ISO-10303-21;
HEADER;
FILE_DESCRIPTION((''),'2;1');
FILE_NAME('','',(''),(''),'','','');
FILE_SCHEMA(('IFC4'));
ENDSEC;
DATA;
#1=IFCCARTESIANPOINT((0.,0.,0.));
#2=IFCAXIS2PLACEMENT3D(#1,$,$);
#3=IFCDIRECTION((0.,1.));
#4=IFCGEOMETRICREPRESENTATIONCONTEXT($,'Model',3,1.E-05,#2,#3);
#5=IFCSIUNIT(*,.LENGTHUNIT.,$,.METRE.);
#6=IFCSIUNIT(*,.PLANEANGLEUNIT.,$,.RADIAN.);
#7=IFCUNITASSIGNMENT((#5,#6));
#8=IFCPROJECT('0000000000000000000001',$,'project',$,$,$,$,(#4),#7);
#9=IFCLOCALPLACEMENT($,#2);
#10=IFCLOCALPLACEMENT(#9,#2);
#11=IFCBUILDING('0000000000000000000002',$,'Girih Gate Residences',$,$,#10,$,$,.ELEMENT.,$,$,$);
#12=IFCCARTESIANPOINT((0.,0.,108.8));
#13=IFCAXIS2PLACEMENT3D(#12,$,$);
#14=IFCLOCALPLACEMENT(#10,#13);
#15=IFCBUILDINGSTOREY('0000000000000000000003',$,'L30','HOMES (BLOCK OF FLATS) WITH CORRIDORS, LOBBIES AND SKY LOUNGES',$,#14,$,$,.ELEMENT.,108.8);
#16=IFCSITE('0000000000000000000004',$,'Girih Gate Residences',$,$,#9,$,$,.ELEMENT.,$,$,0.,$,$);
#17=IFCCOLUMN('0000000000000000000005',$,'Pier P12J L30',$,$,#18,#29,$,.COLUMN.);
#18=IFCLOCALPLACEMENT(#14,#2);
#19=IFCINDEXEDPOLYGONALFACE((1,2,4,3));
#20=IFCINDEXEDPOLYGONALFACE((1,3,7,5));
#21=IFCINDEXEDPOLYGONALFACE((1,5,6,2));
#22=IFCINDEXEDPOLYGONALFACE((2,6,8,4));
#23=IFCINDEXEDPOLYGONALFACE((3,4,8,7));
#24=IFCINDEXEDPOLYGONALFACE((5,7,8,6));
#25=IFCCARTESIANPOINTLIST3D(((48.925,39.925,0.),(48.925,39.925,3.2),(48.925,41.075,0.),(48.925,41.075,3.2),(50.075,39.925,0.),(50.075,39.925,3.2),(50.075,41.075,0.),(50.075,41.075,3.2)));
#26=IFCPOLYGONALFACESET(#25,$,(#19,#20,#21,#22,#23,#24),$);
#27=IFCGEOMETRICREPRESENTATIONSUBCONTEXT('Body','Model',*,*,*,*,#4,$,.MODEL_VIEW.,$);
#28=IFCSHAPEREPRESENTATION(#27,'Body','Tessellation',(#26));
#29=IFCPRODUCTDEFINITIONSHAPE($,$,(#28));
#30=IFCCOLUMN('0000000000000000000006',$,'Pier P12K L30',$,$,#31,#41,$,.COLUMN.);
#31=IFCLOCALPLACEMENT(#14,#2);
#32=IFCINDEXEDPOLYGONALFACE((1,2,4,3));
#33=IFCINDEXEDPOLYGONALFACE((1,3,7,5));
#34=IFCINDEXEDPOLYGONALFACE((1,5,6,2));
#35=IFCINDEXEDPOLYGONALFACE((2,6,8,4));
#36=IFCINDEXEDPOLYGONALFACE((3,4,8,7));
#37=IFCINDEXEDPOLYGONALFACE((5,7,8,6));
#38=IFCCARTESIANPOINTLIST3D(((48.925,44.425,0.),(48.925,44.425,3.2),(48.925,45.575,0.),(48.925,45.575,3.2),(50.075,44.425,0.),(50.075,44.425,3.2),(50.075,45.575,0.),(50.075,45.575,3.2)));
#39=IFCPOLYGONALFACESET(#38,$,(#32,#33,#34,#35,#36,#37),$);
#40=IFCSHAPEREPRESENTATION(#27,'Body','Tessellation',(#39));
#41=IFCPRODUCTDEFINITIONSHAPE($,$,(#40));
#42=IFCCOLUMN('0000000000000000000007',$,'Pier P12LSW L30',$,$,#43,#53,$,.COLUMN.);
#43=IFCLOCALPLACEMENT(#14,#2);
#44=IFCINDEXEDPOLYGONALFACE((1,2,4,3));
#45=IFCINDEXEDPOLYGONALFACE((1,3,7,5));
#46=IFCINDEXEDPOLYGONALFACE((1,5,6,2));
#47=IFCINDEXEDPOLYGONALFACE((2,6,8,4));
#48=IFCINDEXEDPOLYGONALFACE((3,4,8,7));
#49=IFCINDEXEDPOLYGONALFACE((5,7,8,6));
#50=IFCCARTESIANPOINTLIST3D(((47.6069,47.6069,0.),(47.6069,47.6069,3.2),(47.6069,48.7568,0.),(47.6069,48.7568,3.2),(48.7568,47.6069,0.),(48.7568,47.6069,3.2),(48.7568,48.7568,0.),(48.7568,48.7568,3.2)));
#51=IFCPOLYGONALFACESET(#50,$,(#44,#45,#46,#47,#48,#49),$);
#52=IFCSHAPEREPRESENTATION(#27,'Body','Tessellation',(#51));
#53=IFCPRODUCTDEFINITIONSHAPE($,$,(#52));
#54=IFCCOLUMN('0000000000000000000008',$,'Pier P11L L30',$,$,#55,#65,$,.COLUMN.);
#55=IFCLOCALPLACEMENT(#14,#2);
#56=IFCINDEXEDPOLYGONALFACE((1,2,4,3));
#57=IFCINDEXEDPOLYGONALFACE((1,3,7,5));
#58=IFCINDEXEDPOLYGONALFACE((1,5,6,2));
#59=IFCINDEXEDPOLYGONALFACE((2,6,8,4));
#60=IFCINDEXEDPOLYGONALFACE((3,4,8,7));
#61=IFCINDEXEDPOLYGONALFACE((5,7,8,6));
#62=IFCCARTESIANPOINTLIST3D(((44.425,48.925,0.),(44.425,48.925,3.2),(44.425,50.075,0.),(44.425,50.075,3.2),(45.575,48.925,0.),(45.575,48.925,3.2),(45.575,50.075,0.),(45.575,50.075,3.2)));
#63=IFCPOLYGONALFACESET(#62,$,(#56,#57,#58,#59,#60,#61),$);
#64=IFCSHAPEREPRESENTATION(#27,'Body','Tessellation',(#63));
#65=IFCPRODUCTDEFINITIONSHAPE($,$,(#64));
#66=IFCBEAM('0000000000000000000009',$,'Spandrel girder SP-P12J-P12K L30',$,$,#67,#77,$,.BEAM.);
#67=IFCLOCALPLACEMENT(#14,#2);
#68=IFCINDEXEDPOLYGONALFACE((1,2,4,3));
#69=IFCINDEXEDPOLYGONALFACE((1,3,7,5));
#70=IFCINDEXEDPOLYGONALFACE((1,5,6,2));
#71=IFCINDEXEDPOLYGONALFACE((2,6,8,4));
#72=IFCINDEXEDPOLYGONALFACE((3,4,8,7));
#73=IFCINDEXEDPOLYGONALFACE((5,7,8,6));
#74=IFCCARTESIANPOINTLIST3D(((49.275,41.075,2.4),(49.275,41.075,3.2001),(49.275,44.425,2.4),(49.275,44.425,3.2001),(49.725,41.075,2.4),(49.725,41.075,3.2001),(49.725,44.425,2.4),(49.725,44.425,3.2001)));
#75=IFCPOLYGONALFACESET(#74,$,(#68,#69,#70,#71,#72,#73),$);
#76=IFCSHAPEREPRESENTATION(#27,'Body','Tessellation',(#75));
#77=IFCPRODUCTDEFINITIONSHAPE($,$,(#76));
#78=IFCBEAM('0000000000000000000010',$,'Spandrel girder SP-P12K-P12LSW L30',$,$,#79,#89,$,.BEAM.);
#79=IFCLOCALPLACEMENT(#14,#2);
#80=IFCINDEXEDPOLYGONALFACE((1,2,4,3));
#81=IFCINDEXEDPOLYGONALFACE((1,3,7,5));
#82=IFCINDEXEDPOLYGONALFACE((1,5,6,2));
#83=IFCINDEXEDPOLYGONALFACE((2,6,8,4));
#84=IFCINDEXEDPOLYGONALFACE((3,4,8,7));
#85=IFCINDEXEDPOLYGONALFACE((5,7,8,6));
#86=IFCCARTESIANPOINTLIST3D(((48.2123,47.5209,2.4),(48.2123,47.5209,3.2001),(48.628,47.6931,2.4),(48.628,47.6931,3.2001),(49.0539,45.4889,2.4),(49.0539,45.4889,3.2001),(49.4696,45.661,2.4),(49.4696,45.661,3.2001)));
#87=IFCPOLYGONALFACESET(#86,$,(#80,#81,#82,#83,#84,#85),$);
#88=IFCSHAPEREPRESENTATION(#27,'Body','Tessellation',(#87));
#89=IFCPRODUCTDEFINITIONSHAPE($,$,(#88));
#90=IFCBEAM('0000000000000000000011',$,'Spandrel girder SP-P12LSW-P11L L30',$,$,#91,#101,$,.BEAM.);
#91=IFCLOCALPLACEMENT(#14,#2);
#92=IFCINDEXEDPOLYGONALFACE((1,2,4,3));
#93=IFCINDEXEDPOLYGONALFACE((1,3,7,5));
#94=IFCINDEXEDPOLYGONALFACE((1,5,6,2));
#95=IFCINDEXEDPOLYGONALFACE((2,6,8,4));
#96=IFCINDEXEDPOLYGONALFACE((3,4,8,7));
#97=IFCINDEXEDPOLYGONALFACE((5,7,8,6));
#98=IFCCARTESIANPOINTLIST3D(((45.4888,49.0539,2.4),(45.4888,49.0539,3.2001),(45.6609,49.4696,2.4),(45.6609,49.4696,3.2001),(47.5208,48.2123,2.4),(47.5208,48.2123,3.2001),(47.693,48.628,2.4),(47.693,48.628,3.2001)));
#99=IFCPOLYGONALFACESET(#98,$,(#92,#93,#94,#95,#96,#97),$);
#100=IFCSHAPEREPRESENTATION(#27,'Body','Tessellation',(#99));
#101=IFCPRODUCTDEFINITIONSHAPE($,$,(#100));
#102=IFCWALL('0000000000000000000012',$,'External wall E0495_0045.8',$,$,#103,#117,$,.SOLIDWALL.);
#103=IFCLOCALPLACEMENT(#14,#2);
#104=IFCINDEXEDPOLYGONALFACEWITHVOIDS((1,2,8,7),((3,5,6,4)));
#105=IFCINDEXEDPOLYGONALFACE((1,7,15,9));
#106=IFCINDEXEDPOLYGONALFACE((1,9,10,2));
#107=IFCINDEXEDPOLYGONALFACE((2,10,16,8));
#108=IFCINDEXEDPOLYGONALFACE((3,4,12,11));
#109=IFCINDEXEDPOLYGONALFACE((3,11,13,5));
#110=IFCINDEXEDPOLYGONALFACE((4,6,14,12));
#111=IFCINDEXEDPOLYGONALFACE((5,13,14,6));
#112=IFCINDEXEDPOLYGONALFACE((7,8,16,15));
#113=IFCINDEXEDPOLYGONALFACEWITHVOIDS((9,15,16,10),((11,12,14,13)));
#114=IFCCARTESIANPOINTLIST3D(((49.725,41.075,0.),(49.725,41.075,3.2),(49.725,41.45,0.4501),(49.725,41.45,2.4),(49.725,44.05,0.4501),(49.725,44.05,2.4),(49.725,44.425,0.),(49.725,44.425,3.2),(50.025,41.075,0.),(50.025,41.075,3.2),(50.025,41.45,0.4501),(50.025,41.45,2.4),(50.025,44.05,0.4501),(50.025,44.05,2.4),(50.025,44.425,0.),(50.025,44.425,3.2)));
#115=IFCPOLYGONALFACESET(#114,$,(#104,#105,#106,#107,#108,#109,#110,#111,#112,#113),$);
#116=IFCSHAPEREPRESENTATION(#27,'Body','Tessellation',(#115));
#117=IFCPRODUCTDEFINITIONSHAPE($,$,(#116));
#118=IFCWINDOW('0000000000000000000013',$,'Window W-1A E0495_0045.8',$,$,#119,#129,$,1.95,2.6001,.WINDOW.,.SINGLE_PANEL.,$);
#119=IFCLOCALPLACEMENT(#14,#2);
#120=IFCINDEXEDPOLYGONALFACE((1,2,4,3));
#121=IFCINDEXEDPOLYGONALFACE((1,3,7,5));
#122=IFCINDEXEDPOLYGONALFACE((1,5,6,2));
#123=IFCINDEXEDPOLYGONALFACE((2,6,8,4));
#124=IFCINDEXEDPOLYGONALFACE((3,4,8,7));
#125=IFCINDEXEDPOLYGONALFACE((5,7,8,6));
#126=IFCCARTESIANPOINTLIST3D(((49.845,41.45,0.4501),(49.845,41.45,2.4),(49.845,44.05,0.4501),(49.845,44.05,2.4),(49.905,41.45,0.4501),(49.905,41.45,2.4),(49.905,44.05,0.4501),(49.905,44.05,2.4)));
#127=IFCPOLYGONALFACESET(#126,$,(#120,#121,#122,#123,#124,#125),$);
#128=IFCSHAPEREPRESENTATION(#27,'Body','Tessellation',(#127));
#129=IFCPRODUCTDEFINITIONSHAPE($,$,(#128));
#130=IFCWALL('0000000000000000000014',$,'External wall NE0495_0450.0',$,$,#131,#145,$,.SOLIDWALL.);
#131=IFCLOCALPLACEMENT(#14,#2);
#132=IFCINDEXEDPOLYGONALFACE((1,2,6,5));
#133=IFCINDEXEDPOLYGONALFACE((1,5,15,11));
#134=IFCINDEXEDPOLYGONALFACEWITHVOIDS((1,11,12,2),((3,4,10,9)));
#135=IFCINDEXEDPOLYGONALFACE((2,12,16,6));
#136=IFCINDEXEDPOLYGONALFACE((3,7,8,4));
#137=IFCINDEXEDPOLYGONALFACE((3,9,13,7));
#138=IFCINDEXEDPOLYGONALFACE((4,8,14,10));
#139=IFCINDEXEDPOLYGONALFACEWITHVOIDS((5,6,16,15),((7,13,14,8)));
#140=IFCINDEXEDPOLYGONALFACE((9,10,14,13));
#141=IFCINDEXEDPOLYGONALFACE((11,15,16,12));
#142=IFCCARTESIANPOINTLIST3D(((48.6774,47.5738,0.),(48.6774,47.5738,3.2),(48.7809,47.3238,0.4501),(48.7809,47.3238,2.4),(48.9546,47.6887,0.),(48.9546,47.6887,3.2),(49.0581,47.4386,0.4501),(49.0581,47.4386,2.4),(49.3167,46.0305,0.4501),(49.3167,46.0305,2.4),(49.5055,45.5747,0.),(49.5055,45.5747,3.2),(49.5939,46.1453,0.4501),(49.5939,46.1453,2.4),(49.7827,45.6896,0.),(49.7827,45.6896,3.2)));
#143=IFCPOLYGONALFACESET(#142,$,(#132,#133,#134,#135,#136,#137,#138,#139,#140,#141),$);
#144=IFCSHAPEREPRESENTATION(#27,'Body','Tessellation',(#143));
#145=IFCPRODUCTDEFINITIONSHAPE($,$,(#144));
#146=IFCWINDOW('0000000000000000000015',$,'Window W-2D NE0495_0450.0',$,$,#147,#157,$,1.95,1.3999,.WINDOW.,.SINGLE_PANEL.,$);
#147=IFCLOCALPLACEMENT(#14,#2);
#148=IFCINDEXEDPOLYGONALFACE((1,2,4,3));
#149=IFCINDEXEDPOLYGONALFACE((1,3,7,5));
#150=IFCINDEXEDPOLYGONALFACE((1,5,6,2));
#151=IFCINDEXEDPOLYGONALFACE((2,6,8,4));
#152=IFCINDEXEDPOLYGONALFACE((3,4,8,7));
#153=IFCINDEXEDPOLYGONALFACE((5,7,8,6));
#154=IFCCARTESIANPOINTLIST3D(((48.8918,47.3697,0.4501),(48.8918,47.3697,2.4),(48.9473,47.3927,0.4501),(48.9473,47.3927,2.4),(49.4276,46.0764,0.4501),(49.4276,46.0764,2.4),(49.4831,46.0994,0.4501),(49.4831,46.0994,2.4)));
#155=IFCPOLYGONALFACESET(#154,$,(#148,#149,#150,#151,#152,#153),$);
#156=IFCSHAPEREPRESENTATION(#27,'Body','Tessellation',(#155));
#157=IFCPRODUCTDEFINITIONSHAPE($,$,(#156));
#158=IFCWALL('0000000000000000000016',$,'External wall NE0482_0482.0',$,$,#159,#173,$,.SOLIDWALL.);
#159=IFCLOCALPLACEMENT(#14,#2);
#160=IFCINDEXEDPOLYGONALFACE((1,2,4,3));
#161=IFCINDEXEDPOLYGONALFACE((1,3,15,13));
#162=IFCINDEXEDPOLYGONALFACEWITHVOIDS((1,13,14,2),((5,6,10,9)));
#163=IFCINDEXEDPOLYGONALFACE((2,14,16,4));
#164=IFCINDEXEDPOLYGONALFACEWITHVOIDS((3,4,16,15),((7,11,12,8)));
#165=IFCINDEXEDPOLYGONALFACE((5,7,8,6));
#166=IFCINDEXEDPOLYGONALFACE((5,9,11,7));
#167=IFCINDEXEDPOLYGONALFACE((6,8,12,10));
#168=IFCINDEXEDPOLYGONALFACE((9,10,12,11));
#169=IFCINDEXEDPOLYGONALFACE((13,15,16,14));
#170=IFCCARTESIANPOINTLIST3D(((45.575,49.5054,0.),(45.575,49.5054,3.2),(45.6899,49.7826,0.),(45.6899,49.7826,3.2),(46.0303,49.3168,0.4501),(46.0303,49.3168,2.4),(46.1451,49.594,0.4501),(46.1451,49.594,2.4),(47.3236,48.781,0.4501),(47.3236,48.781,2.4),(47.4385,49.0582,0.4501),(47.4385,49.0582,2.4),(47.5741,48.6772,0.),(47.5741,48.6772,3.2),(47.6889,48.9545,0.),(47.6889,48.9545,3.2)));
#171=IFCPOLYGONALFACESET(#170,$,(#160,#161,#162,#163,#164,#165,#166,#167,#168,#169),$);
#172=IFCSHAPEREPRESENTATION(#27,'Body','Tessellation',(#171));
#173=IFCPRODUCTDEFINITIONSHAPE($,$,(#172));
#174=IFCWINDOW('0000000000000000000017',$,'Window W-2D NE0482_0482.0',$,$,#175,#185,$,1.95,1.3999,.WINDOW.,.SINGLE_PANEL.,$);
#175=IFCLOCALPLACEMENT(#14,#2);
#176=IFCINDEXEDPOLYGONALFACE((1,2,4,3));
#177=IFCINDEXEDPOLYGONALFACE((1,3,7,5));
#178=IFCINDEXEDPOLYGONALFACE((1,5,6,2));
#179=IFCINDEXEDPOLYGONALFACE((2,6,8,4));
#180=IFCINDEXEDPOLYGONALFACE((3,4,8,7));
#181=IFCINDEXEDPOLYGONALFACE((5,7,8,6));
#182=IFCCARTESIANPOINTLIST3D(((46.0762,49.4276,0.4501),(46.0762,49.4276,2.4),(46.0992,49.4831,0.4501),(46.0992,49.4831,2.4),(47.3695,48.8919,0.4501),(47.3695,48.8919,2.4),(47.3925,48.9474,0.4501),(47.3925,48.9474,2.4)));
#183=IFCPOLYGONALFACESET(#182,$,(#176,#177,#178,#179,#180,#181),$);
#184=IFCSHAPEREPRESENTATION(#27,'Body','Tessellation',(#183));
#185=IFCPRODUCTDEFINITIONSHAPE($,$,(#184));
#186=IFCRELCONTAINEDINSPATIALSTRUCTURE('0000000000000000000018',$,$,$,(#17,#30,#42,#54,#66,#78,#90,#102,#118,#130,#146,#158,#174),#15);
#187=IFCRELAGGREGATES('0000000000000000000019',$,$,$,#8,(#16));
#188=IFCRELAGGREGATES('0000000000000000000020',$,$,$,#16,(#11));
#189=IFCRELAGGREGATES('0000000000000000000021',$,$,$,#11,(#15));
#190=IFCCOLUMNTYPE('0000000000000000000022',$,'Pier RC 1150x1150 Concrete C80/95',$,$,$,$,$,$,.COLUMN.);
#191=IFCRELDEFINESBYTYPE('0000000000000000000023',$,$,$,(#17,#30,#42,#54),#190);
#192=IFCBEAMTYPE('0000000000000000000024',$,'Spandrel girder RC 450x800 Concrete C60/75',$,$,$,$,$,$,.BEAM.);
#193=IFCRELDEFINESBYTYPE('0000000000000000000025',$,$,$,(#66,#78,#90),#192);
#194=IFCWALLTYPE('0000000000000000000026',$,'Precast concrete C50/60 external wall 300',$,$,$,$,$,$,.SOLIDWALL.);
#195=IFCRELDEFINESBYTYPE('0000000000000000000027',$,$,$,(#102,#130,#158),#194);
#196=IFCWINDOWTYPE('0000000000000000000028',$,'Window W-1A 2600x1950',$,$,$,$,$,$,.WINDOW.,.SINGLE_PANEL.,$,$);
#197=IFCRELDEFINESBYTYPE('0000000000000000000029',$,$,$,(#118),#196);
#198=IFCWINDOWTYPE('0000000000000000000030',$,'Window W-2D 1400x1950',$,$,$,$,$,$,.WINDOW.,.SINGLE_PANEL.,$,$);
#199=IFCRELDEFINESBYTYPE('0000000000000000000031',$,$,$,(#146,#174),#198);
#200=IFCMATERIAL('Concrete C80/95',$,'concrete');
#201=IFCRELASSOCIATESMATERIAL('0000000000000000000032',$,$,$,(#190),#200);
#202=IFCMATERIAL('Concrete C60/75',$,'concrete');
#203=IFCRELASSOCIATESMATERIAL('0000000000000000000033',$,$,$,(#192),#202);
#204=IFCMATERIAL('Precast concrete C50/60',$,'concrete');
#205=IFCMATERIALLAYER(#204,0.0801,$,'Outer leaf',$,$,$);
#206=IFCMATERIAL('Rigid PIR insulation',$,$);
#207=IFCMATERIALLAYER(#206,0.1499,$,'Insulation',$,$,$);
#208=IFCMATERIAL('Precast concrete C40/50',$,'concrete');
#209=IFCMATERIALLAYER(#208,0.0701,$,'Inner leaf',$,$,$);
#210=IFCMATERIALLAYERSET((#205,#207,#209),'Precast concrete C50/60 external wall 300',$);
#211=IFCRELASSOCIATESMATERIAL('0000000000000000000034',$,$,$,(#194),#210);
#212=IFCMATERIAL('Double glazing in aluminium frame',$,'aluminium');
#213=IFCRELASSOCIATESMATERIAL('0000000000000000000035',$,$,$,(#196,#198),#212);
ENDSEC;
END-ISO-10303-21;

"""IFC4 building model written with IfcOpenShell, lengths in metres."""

from ifc_helpers import new_model, si_unit, direction, frame, frame_2d, origin, origin_2d, place, context, subcontext, project, spatial, rectangle, extrude, material, layer, layer_set, material_profile, profile_set, type_object, element, fill, save


model = new_model("IFC4")

# Units and contexts
model_context = context("Model", 3, precision=1e-05, world=origin(), true_north=direction((0.0, 1.0)))
body_context = subcontext(model_context, "Body", "Model", "MODEL_VIEW")
ifc_project = project(units=[si_unit("LENGTHUNIT", "METRE"), si_unit("PLANEANGLEUNIT", "RADIAN")], contexts=[model_context])

# Site, building, storey
site_placement = place(None, origin())
site = spatial("IfcSite", under=ifc_project, at=site_placement, Name="Girih Gate Residences", CompositionType="ELEMENT", RefElevation=0.0)
building_placement = place(site_placement, origin())
building = spatial("IfcBuilding", under=site, at=building_placement, Name="Girih Gate Residences", CompositionType="ELEMENT")
storey_placement = place(building_placement, frame((0.0, 0.0, 108.8)))
storey = spatial("IfcBuildingStorey", under=building, at=storey_placement, Name="L30", Description="HOMES (BLOCK OF FLATS) WITH CORRIDORS, LOBBIES AND SKY LOUNGES", CompositionType="ELEMENT", Elevation=108.8)

# Columns
ifc_material_1 = material(Name="Concrete C80/95", Category="concrete")
ifc_material_profile_1 = material_profile(ifc_material_1, rectangle(XDim=1.1499, YDim=1.1499, at=origin_2d()))
ifc_profile_set_1 = profile_set([ifc_material_profile_1], Name="Concrete C80/95")
column_type = type_object("IfcColumnType", Name="Pier RC 1150x1150 Concrete C80/95", PredefinedType="COLUMN", material=ifc_profile_set_1)
for number, where, z_axis, x_axis, name in (
    (1, (49.5, 40.5, 0.0), (0.0, 0.0, 1.0), (1.0, 0.0, 0.0), "Pier P12J L30"),
    (2, (49.5, 45.0, 0.0), (0.0, 0.0, 1.0), (1.0, 0.0, 0.0), "Pier P12K L30"),
    (3, (48.1819, 48.1819, 0.0), (0.0, 0.0, 1.0), (1.0, 0.0, 0.0), "Pier P12LSW L30"),
    (4, (45.0, 49.5, 0.0), (0.0, 0.0, 1.0), (1.0, 0.0, 0.0), "Pier P11L L30"),
):
    element("IfcColumn", number, at=place(storey_placement, frame(where, z_axis=z_axis, x_axis=x_axis)), inside=storey, type_object=column_type, Name=name, PredefinedType="COLUMN", context=body_context, shape_type="SweptSolid", body=[
        extrude(rectangle(XDim=1.1499, YDim=1.1499, at=origin_2d()), origin(), (0.0, 0.0, 1.0), 3.2),
    ])

# Beams
ifc_material_2 = material(Name="Concrete C60/75", Category="concrete")
ifc_material_profile_2 = material_profile(ifc_material_2, rectangle(XDim=0.45, YDim=0.8, at=origin_2d()))
ifc_profile_set_2 = profile_set([ifc_material_profile_2], Name="Concrete C60/75")
beam_type = type_object("IfcBeamType", Name="Spandrel girder RC 450x800 Concrete C60/75", PredefinedType="BEAM", material=ifc_profile_set_2)
beam_placement = place(storey_placement, frame((49.5, 41.075, 2.8), z_axis=(0.0, 1.0, 0.0), x_axis=(-1.0, 0.0, 0.0)))
element("IfcBeam", 5, at=beam_placement, inside=storey, type_object=beam_type, Name="Spandrel girder SP-P12J-P12K L30", PredefinedType="BEAM", context=body_context, shape_type="SweptSolid", body=[
    extrude(rectangle(XDim=0.45, YDim=0.8, at=origin_2d()), origin(), (0.0, 0.0, 1.0), 3.3501),
])
for number, where, z_axis, x_axis, name in (
    (6, (49.2617, 45.575, 2.8), (-0.382636, 0.923899, 0.0), (-0.923899, -0.382636, 0.0), "Spandrel girder SP-P12K-P12LSW L30"),
    (7, (47.6069, 48.4202, 2.8), (-0.923899, 0.382636, 0.0), (-0.382636, -0.923899, 0.0), "Spandrel girder SP-P12LSW-P11L L30"),
):
    element("IfcBeam", number, at=place(storey_placement, frame(where, z_axis=z_axis, x_axis=x_axis)), inside=storey, type_object=beam_type, Name=name, PredefinedType="BEAM", context=body_context, shape_type="SweptSolid", body=[
        extrude(rectangle(XDim=0.45, YDim=0.8, at=origin_2d()), origin(), (0.0, 0.0, 1.0), 2.1995),
    ])

# Walls, openings, windows
ifc_material_3 = material(Name="Precast concrete C50/60", Category="concrete")
ifc_layer_1 = layer(ifc_material_3, 0.0801, Name="Outer leaf")
ifc_material_4 = material(Name="Rigid PIR insulation")
ifc_layer_2 = layer(ifc_material_4, 0.1499, Name="Insulation")
ifc_material_5 = material(Name="Precast concrete C40/50", Category="concrete")
ifc_layer_3 = layer(ifc_material_5, 0.0701, Name="Inner leaf")
ifc_layer_set = layer_set([ifc_layer_1, ifc_layer_2, ifc_layer_3], Name="Precast concrete C50/60 external wall 300")
wall_type = type_object("IfcWallType", Name="Precast concrete C50/60 external wall 300", PredefinedType="SOLIDWALL", material=ifc_layer_set)
wall_1_placement = place(storey_placement, frame((49.875, 44.425, 0.0), z_axis=(0.0, 0.0, 1.0), x_axis=(0.0, -1.0, 0.0)))
wall_1 = element("IfcWall", 8, at=wall_1_placement, inside=storey, type_object=wall_type, Name="External wall E0495_0045.8", PredefinedType="SOLIDWALL", context=body_context, shape_type="SweptSolid", body=[
    extrude(rectangle(XDim=3.3501, YDim=0.3, at=frame_2d((1.675, 0.0))), origin(), (0.0, 0.0, 1.0), 3.2),
])
opening_1_placement = place(wall_1_placement, frame((0.375, 0.0, 0.45)))
opening_1 = element("IfcOpeningElement", 9, at=opening_1_placement, cuts=wall_1, PredefinedType="OPENING", context=body_context, shape_type="SweptSolid", body=[
    extrude(rectangle(XDim=2.6001, YDim=1.95, at=frame_2d((1.3, 0.9751))), frame((0.0, 0.1599, 0.0), z_axis=(0.0, -1.0, 0.0), x_axis=(1.0, 0.0, 0.0)), (0.0, 0.0, 1.0), 0.3201),
])
ifc_material_6 = material(Name="Double glazing in aluminium frame", Category="aluminium")
window_type_1 = type_object("IfcWindowType", Name="Window W-1A 2600x1950", PartitioningType="SINGLE_PANEL", PredefinedType="WINDOW", material=ifc_material_6)
window_1_placement = place(opening_1_placement, origin())
window_1 = element("IfcWindow", 10, at=window_1_placement, inside=storey, type_object=window_type_1, Name="Window W-1A E0495_0045.8", OverallHeight=1.95, OverallWidth=2.6001, PartitioningType="SINGLE_PANEL", PredefinedType="WINDOW", context=body_context, shape_type="SweptSolid", body=[
    extrude(rectangle(XDim=2.6001, YDim=1.95, at=frame_2d((1.3, 0.9751))), frame((0.0, 0.03, 0.0), z_axis=(0.0, -1.0, 0.0), x_axis=(1.0, 0.0, 0.0)), (0.0, 0.0, 1.0), 0.0601),
])
fill(opening_1, window_1)
wall_2_placement = place(storey_placement, frame((48.8159, 47.6313, 0.0), z_axis=(0.0, 0.0, 1.0), x_axis=(0.382724, -0.923863, 0.0)))
wall_2 = element("IfcWall", 11, at=wall_2_placement, inside=storey, type_object=wall_type, Name="External wall NE0495_0450.0", PredefinedType="SOLIDWALL", context=body_context, shape_type="SweptSolid", body=[
    extrude(rectangle(XDim=2.1638, YDim=0.3, at=frame_2d((1.082, 0.0))), origin(), (0.0, 0.0, 1.0), 3.2),
])
opening_2_placement = place(wall_2_placement, frame((0.2708, 0.0, 0.45)))
opening_2 = element("IfcOpeningElement", 12, at=opening_2_placement, cuts=wall_2, PredefinedType="OPENING", context=body_context, shape_type="SweptSolid", body=[
    extrude(rectangle(XDim=1.3999, YDim=1.95, at=frame_2d((0.7, 0.9751))), frame((0.0, 0.1599, 0.0), z_axis=(0.0, -1.0, 0.0), x_axis=(1.0, 0.0, 0.0)), (0.0, 0.0, 1.0), 0.3201),
])
window_type_2 = type_object("IfcWindowType", Name="Window W-2D 1400x1950", PartitioningType="SINGLE_PANEL", PredefinedType="WINDOW", material=ifc_material_6)
window_2_placement = place(opening_2_placement, origin())
window_2 = element("IfcWindow", 13, at=window_2_placement, inside=storey, type_object=window_type_2, Name="Window W-2D NE0495_0450.0", OverallHeight=1.95, OverallWidth=1.3999, PartitioningType="SINGLE_PANEL", PredefinedType="WINDOW", context=body_context, shape_type="SweptSolid", body=[
    extrude(rectangle(XDim=1.3999, YDim=1.95, at=frame_2d((0.7, 0.9751))), frame((0.0, 0.03, 0.0), z_axis=(0.0, -1.0, 0.0), x_axis=(1.0, 0.0, 0.0)), (0.0, 0.0, 1.0), 0.0601),
])
fill(opening_2, window_2)
wall_3_placement = place(storey_placement, frame((45.6323, 49.644, 0.0), z_axis=(0.0, 0.0, 1.0), x_axis=(0.923863, -0.382724, 0.0)))
wall_3 = element("IfcWall", 14, at=wall_3_placement, inside=storey, type_object=wall_type, Name="External wall NE0482_0482.0", PredefinedType="SOLIDWALL", context=body_context, shape_type="SweptSolid", body=[
    extrude(rectangle(XDim=2.1638, YDim=0.3, at=frame_2d((1.082, 0.0))), origin(), (0.0, 0.0, 1.0), 3.2),
])
opening_3_placement = place(wall_3_placement, frame((0.4929, 0.0, 0.45)))
opening_3 = element("IfcOpeningElement", 15, at=opening_3_placement, cuts=wall_3, PredefinedType="OPENING", context=body_context, shape_type="SweptSolid", body=[
    extrude(rectangle(XDim=1.3999, YDim=1.95, at=frame_2d((0.7, 0.9751))), frame((0.0, 0.1599, 0.0), z_axis=(0.0, -1.0, 0.0), x_axis=(1.0, 0.0, 0.0)), (0.0, 0.0, 1.0), 0.3201),
])
window_3_placement = place(opening_3_placement, origin())
window_3 = element("IfcWindow", 16, at=window_3_placement, inside=storey, type_object=window_type_2, Name="Window W-2D NE0482_0482.0", OverallHeight=1.95, OverallWidth=1.3999, PartitioningType="SINGLE_PANEL", PredefinedType="WINDOW", context=body_context, shape_type="SweptSolid", body=[
    extrude(rectangle(XDim=1.3999, YDim=1.95, at=frame_2d((0.7, 0.9751))), frame((0.0, 0.03, 0.0), z_axis=(0.0, -1.0, 0.0), x_axis=(1.0, 0.0, 0.0)), (0.0, 0.0, 1.0), 0.0601),
])
fill(opening_3, window_3)

save(model, "model.ifc")
